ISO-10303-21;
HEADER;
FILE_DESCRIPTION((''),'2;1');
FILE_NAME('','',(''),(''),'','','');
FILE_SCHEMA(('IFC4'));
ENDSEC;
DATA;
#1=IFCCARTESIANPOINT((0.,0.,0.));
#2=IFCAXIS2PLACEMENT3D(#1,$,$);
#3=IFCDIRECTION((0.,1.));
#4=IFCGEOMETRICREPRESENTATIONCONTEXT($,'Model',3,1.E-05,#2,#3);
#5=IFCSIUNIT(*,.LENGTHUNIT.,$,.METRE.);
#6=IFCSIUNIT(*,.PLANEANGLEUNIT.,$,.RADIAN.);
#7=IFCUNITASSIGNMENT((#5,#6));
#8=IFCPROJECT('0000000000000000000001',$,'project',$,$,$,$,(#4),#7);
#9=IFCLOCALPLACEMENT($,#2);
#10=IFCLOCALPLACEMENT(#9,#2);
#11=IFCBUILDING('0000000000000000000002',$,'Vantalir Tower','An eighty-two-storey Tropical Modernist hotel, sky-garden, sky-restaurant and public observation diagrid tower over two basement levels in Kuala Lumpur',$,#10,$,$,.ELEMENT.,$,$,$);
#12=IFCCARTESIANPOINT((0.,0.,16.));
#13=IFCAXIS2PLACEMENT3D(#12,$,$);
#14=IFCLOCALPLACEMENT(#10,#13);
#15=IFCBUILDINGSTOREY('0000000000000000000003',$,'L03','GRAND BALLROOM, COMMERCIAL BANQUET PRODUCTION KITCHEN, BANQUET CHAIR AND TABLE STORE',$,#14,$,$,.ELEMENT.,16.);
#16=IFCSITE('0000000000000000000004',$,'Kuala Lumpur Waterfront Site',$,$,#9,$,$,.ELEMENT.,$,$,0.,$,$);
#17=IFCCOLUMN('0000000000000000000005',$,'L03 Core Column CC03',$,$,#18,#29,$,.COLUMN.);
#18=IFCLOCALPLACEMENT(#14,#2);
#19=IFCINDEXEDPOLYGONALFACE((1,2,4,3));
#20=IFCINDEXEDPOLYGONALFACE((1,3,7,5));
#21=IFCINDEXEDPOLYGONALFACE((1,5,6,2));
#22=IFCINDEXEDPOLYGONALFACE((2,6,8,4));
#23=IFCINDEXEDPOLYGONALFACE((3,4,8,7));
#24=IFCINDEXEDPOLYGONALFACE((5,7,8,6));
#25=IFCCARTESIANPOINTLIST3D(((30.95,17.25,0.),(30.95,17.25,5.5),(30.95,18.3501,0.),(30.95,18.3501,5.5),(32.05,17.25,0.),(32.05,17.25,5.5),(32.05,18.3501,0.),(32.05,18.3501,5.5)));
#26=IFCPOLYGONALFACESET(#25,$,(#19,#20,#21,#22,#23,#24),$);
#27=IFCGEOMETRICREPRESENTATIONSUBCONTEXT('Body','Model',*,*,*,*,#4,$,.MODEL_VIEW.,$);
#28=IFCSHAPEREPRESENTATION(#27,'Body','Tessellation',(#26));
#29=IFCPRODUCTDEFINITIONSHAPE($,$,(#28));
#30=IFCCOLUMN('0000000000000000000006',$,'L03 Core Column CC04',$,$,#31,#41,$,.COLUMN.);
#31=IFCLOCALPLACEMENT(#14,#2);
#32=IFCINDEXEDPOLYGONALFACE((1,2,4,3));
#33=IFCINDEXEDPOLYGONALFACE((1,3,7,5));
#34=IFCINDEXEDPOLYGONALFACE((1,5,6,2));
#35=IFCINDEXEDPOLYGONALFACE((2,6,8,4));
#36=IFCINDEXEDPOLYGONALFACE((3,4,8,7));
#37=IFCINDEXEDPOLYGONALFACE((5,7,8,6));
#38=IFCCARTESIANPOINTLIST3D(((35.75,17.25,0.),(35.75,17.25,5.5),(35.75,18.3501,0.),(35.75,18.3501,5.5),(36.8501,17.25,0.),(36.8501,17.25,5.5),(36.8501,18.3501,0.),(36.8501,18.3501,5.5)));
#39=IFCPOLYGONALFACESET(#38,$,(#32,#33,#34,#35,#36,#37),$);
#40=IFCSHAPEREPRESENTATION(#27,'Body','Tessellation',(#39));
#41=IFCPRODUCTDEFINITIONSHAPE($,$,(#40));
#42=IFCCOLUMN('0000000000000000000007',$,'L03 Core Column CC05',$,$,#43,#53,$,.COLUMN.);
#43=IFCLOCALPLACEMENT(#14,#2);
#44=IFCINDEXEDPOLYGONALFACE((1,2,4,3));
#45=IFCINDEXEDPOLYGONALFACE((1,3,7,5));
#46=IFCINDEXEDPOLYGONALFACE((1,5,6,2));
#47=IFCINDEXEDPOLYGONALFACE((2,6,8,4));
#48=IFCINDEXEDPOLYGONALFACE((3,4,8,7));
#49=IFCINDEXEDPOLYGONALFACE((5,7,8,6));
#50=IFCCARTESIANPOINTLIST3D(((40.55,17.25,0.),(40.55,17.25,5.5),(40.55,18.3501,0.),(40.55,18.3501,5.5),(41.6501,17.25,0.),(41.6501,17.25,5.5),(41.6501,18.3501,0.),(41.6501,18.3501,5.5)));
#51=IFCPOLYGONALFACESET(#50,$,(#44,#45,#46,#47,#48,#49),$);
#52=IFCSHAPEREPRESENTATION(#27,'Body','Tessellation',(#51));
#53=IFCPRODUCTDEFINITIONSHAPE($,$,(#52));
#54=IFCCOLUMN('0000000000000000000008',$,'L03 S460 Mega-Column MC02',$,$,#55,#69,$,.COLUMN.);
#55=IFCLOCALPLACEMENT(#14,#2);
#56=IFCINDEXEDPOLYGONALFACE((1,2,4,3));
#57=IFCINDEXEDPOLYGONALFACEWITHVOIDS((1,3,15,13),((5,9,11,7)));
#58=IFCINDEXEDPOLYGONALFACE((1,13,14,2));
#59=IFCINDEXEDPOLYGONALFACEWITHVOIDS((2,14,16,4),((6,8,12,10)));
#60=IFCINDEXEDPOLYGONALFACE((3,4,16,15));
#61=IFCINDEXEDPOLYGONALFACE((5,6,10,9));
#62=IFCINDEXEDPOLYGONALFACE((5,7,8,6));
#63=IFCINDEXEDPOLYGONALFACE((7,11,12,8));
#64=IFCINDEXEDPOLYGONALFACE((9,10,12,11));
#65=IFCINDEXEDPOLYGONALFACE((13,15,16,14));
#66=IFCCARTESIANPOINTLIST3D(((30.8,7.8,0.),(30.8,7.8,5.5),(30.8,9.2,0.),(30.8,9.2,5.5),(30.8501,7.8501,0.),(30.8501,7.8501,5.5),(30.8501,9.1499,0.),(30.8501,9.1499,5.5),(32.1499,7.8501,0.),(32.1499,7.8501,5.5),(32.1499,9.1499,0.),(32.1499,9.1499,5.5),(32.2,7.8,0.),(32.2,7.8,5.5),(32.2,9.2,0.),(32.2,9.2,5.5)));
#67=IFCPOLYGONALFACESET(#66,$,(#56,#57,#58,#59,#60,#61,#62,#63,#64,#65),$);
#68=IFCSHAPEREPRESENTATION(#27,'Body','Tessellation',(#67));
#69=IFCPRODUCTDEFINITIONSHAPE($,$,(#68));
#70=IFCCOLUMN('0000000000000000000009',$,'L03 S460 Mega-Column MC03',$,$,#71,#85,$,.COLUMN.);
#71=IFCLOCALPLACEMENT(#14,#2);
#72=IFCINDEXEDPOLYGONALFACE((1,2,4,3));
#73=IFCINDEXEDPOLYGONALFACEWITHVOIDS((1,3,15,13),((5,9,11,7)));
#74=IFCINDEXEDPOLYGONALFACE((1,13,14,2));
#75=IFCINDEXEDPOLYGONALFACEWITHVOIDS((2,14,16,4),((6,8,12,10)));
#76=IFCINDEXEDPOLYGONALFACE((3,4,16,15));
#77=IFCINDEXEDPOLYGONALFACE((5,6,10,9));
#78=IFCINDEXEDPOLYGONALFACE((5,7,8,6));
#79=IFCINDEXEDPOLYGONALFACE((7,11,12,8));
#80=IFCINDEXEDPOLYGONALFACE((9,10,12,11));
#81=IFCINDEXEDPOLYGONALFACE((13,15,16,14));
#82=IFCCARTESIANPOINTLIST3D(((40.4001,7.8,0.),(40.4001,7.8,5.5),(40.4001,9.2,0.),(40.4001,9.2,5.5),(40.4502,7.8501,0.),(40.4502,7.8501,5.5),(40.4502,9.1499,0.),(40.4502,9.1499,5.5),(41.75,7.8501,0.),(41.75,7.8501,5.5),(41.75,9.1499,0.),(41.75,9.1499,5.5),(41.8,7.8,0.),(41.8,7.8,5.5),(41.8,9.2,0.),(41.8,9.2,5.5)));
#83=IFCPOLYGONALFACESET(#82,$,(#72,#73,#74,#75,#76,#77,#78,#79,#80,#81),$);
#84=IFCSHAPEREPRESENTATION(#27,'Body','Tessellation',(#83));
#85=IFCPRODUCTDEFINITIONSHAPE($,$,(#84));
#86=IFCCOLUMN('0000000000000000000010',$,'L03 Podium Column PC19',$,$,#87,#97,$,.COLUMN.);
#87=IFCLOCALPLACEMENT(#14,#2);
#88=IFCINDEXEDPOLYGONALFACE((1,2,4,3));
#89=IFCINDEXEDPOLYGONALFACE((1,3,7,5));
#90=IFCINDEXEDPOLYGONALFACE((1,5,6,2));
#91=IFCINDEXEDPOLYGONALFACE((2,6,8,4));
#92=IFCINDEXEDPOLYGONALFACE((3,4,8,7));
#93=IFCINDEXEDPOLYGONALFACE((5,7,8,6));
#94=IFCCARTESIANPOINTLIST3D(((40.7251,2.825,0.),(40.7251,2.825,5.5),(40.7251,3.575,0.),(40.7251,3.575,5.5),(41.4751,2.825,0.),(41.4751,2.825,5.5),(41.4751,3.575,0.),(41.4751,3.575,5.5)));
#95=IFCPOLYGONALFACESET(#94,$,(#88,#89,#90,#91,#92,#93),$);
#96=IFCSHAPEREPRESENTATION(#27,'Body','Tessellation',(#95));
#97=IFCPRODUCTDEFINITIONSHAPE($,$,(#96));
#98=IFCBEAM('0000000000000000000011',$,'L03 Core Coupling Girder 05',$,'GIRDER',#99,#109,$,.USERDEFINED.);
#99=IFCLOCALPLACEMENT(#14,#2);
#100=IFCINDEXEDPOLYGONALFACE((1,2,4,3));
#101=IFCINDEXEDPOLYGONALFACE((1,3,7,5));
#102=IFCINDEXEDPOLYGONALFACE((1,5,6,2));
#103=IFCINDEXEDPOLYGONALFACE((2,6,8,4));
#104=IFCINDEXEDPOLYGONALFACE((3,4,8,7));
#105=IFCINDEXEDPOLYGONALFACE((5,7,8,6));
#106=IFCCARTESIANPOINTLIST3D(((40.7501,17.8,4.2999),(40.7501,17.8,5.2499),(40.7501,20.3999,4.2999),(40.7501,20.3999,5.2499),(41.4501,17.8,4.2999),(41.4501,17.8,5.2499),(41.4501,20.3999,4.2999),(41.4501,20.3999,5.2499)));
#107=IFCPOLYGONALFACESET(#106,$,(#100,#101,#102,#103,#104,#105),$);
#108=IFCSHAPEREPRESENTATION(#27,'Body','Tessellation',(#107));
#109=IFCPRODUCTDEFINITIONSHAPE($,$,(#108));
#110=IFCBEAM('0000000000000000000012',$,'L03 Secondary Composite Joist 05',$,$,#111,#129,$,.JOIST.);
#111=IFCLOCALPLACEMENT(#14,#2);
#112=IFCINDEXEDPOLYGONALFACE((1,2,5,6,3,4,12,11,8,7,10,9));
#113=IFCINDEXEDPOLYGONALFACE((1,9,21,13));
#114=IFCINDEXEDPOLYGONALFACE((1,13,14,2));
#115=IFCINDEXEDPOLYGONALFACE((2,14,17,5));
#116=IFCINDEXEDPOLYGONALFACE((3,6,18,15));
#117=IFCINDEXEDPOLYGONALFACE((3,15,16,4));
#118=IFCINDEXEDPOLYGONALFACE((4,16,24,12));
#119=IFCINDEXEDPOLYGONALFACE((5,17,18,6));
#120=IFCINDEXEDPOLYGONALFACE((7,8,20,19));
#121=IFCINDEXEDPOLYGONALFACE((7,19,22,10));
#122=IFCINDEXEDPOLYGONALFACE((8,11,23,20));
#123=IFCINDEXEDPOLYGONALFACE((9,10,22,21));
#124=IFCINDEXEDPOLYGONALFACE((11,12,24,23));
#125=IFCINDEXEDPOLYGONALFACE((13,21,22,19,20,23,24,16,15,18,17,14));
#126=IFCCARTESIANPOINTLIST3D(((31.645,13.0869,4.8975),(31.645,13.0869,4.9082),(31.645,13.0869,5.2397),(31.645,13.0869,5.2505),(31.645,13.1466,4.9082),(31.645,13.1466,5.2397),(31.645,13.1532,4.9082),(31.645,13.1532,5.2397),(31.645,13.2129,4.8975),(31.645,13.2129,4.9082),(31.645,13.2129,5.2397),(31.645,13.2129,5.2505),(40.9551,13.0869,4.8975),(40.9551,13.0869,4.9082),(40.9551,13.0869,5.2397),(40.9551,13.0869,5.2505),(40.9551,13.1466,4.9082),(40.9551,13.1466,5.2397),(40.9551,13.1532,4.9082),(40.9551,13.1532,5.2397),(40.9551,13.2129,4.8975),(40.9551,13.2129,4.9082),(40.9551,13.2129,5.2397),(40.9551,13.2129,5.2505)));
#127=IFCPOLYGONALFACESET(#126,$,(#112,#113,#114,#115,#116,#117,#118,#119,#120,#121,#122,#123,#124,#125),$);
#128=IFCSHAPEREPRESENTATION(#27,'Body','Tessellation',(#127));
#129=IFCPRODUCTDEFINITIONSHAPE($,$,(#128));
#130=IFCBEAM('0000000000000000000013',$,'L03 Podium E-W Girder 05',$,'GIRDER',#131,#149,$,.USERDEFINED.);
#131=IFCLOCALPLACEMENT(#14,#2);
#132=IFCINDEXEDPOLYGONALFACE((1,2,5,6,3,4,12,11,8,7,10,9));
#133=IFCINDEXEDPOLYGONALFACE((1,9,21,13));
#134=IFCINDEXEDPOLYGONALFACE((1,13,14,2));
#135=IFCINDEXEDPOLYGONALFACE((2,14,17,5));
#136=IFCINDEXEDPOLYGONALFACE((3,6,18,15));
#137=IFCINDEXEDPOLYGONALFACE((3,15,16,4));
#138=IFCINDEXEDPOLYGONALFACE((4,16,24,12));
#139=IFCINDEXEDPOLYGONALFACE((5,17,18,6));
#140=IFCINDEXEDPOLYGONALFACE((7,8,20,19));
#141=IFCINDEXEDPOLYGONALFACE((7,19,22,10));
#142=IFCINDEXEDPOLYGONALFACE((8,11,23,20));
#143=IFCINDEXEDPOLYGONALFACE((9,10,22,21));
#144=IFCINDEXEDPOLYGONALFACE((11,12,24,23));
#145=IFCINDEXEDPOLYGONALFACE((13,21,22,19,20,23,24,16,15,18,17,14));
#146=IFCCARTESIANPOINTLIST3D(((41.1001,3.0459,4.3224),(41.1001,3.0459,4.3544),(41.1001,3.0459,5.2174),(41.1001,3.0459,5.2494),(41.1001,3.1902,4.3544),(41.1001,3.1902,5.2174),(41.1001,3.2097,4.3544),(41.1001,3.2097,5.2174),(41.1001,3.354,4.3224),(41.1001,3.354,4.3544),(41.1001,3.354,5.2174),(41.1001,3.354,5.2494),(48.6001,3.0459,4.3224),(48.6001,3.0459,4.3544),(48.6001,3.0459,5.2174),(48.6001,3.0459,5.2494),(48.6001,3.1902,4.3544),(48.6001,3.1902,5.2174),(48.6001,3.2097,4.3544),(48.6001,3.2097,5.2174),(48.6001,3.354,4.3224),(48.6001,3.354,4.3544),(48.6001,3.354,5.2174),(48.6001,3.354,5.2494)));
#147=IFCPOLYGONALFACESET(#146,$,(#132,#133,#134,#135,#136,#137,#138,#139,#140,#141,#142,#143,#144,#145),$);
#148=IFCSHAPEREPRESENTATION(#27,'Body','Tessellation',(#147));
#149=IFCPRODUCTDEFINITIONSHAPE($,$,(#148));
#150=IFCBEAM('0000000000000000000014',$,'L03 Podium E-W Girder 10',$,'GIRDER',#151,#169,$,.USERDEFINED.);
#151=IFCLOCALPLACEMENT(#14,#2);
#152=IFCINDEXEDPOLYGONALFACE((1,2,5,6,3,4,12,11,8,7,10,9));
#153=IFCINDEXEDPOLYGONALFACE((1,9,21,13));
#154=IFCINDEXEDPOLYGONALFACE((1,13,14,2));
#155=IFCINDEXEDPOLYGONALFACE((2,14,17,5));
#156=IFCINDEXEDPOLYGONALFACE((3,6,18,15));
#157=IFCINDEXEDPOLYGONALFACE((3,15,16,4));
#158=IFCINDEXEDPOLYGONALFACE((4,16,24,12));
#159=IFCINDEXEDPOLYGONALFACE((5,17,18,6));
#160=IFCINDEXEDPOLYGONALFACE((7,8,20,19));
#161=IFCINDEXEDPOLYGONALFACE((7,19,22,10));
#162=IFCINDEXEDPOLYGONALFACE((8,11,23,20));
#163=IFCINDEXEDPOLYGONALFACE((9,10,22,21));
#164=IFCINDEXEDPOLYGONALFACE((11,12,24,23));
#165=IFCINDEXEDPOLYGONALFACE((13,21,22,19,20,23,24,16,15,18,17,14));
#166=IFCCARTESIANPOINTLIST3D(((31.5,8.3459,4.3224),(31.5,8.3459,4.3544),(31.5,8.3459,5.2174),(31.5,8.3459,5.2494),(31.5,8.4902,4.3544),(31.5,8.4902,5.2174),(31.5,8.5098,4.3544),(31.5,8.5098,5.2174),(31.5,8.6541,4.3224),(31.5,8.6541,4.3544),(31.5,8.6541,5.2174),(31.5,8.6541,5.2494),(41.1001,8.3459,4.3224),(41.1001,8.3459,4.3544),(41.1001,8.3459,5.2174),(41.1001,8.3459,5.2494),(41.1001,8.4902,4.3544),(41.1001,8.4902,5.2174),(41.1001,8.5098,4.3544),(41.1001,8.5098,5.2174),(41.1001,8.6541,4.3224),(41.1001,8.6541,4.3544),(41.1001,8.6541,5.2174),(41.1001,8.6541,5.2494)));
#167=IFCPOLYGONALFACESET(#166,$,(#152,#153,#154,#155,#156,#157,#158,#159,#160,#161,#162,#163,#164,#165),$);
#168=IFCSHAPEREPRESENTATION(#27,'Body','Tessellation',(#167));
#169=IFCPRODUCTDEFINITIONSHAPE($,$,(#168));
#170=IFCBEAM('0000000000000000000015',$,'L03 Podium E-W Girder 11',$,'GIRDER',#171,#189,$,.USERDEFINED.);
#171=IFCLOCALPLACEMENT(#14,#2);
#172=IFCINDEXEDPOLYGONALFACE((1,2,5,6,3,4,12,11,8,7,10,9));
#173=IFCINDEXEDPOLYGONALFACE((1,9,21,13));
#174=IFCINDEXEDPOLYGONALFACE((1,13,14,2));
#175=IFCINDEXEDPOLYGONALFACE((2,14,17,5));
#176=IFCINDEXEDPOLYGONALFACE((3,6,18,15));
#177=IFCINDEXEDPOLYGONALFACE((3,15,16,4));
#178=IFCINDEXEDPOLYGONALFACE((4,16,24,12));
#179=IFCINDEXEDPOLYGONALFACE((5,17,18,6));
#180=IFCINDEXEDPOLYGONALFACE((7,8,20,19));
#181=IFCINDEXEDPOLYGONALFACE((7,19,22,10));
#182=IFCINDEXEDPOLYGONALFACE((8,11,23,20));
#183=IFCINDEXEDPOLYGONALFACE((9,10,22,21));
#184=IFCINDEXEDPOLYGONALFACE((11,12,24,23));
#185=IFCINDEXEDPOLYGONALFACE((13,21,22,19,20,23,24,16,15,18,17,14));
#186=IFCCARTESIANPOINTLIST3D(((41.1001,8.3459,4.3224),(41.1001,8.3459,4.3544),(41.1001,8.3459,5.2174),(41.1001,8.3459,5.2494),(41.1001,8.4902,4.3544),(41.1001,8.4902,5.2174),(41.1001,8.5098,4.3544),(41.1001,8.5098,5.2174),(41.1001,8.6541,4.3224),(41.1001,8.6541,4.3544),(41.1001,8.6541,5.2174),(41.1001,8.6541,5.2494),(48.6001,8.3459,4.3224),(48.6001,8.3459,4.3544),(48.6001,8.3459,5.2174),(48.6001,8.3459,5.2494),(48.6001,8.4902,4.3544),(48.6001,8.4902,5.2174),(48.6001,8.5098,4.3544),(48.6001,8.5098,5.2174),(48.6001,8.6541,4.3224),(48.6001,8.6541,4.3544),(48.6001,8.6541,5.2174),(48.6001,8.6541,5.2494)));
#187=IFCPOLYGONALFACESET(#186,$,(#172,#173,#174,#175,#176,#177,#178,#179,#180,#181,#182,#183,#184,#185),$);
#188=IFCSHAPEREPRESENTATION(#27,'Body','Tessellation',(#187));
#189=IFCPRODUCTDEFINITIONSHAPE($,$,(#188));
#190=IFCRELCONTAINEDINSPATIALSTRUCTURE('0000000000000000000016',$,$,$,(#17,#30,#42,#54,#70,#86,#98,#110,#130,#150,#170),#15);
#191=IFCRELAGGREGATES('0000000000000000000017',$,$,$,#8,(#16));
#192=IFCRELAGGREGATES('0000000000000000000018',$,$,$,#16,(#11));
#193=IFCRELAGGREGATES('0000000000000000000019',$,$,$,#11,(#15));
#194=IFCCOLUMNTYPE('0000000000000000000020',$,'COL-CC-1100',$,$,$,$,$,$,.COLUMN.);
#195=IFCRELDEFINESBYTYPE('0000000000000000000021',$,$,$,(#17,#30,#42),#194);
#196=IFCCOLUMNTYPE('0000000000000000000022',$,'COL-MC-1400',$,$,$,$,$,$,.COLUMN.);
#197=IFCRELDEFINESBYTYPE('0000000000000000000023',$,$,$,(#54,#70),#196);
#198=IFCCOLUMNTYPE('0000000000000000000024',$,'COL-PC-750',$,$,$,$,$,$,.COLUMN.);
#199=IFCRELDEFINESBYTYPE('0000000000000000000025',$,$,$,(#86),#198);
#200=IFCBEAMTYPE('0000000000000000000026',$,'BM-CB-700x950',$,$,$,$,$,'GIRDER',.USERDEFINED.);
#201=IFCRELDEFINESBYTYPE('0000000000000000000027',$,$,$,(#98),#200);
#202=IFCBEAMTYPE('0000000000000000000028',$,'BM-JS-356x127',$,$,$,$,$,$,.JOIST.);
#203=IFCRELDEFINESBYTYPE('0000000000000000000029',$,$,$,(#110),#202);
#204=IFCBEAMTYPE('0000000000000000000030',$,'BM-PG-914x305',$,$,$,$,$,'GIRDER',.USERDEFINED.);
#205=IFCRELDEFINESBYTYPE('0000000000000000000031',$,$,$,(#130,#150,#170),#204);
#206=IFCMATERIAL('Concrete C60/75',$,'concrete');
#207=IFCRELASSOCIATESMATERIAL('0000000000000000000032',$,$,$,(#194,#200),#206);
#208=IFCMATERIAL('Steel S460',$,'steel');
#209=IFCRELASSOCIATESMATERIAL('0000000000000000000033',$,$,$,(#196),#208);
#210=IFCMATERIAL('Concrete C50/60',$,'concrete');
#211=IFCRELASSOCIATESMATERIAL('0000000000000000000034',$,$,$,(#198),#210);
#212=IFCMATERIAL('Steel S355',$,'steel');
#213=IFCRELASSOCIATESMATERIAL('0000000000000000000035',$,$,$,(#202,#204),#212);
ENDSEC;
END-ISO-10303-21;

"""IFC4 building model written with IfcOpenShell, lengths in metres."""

from ifc_helpers import new_model, si_unit, direction, frame, origin, origin_2d, place, context, subcontext, project, spatial, rectangle, hollow_rectangle, i_section, extrude, material, material_profile, profile_set, type_object, element, save


model = new_model("IFC4")

# Units and contexts
model_context = context("Model", 3, precision=1e-05, world=origin(), true_north=direction((0.0, 1.0)))
body_context = subcontext(model_context, "Body", "Model", "MODEL_VIEW")
ifc_project = project(units=[si_unit("LENGTHUNIT", "METRE"), si_unit("PLANEANGLEUNIT", "RADIAN")], contexts=[model_context])

# Site, building, storey
site_placement = place(None, origin())
site = spatial("IfcSite", under=ifc_project, at=site_placement, Name="Kuala Lumpur Waterfront Site", CompositionType="ELEMENT", RefElevation=0.0)
building_placement = place(site_placement, origin())
building = spatial("IfcBuilding", under=site, at=building_placement, Name="Vantalir Tower", Description="An eighty-two-storey Tropical Modernist hotel, sky-garden, sky-restaurant and public observation diagrid tower over two basement levels in Kuala Lumpur", CompositionType="ELEMENT")
storey_placement = place(building_placement, frame((0.0, 0.0, 16.0)))
storey = spatial("IfcBuildingStorey", under=building, at=storey_placement, Name="L03", Description="GRAND BALLROOM, COMMERCIAL BANQUET PRODUCTION KITCHEN, BANQUET CHAIR AND TABLE STORE", CompositionType="ELEMENT", Elevation=16.0)

# Columns
ifc_material_1 = material(Name="Concrete C60/75", Category="concrete")
ifc_material_profile_1 = material_profile(ifc_material_1, rectangle(XDim=1.1001, YDim=1.1001, at=origin_2d()), Name="Concrete C60/75")
ifc_profile_set_1 = profile_set([ifc_material_profile_1], Name="Concrete C60/75")
column_type_1 = type_object("IfcColumnType", Name="COL-CC-1100", PredefinedType="COLUMN", material=ifc_profile_set_1)
for number, where, z_axis, x_axis, name in (
    (1, (31.5, 17.8, 0.0), (0.0, 0.0, 1.0), (1.0, 0.0, 0.0), "L03 Core Column CC03"),
    (2, (36.3, 17.8, 0.0), (0.0, 0.0, 1.0), (1.0, 0.0, 0.0), "L03 Core Column CC04"),
    (3, (41.1001, 17.8, 0.0), (0.0, 0.0, 1.0), (1.0, 0.0, 0.0), "L03 Core Column CC05"),
):
    element("IfcColumn", number, at=place(storey_placement, frame(where, z_axis=z_axis, x_axis=x_axis)), inside=storey, type_object=column_type_1, Name=name, PredefinedType="COLUMN", context=body_context, shape_type="SweptSolid", body=[
        extrude(rectangle(XDim=1.1001, YDim=1.1001, at=origin_2d()), origin(), (0.0, 0.0, 1.0), 5.5),
    ])
ifc_material_2 = material(Name="Steel S460", Category="steel")
ifc_material_profile_2 = material_profile(ifc_material_2, hollow_rectangle(XDim=1.3999, YDim=1.3999, WallThickness=0.05, at=origin_2d()), Name="Steel S460")
ifc_profile_set_2 = profile_set([ifc_material_profile_2], Name="Steel S460")
column_type_2 = type_object("IfcColumnType", Name="COL-MC-1400", PredefinedType="COLUMN", material=ifc_profile_set_2)
for number, where, z_axis, x_axis, name in (
    (4, (31.5, 8.5, 0.0), (0.0, 0.0, 1.0), (1.0, 0.0, 0.0), "L03 S460 Mega-Column MC02"),
    (5, (41.1001, 8.5, 0.0), (0.0, 0.0, 1.0), (1.0, 0.0, 0.0), "L03 S460 Mega-Column MC03"),
):
    element("IfcColumn", number, at=place(storey_placement, frame(where, z_axis=z_axis, x_axis=x_axis)), inside=storey, type_object=column_type_2, Name=name, PredefinedType="COLUMN", context=body_context, shape_type="SweptSolid", body=[
        extrude(hollow_rectangle(XDim=1.3999, YDim=1.3999, WallThickness=0.05, at=origin_2d()), origin(), (0.0, 0.0, 1.0), 5.5),
    ])
ifc_material_3 = material(Name="Concrete C50/60", Category="concrete")
ifc_material_profile_3 = material_profile(ifc_material_3, rectangle(XDim=0.75, YDim=0.75, at=origin_2d()), Name="Concrete C50/60")
ifc_profile_set_3 = profile_set([ifc_material_profile_3], Name="Concrete C50/60")
column_type_3 = type_object("IfcColumnType", Name="COL-PC-750", PredefinedType="COLUMN", material=ifc_profile_set_3)
column_placement = place(storey_placement, frame((41.1001, 3.2, 0.0), z_axis=(0.0, 0.0, 1.0), x_axis=(1.0, 0.0, 0.0)))
element("IfcColumn", 6, at=column_placement, inside=storey, type_object=column_type_3, Name="L03 Podium Column PC19", PredefinedType="COLUMN", context=body_context, shape_type="SweptSolid", body=[
    extrude(rectangle(XDim=0.75, YDim=0.75, at=origin_2d()), origin(), (0.0, 0.0, 1.0), 5.5),
])

# Beams
ifc_material_profile_4 = material_profile(ifc_material_1, rectangle(XDim=0.7, YDim=0.95, at=origin_2d()), Name="Concrete C60/75")
ifc_profile_set_4 = profile_set([ifc_material_profile_4], Name="Concrete C60/75")
beam_type_1 = type_object("IfcBeamType", Name="BM-CB-700x950", ElementType="GIRDER", PredefinedType="USERDEFINED", material=ifc_profile_set_4)
beam_1_placement = place(storey_placement, frame((41.1001, 17.8, 4.7749), z_axis=(0.0, 1.0, 0.0), x_axis=(-1.0, 0.0, 0.0)))
element("IfcBeam", 7, at=beam_1_placement, inside=storey, type_object=beam_type_1, Name="L03 Core Coupling Girder 05", ObjectType="GIRDER", PredefinedType="USERDEFINED", context=body_context, shape_type="SweptSolid", body=[
    extrude(rectangle(XDim=0.7, YDim=0.95, at=origin_2d()), origin(), (0.0, 0.0, 1.0), 2.5999),
])
ifc_material_4 = material(Name="Steel S355", Category="steel")
ifc_material_profile_5 = material_profile(ifc_material_4, i_section(OverallWidth=0.126, OverallDepth=0.353, WebThickness=0.0066, FlangeThickness=0.0107, at=origin_2d()), Name="Steel S355")
ifc_profile_set_5 = profile_set([ifc_material_profile_5], Name="Steel S355")
beam_type_2 = type_object("IfcBeamType", Name="BM-JS-356x127", PredefinedType="JOIST", material=ifc_profile_set_5)
beam_2_placement = place(storey_placement, frame((31.645, 13.1499, 5.074), z_axis=(1.0, 0.0, 0.0), x_axis=(0.0, 1.0, 0.0)))
element("IfcBeam", 8, at=beam_2_placement, inside=storey, type_object=beam_type_2, Name="L03 Secondary Composite Joist 05", PredefinedType="JOIST", context=body_context, shape_type="SweptSolid", body=[
    extrude(i_section(OverallWidth=0.126, OverallDepth=0.353, WebThickness=0.0066, FlangeThickness=0.0107, at=origin_2d()), origin(), (0.0, 0.0, 1.0), 9.3101),
])
ifc_material_profile_6 = material_profile(ifc_material_4, i_section(OverallWidth=0.3081, OverallDepth=0.927, WebThickness=0.0195, FlangeThickness=0.032, at=origin_2d()), Name="Steel S355")
ifc_profile_set_6 = profile_set([ifc_material_profile_6], Name="Steel S355")
beam_type_3 = type_object("IfcBeamType", Name="BM-PG-914x305", ElementType="GIRDER", PredefinedType="USERDEFINED", material=ifc_profile_set_6)
beam_3_placement = place(storey_placement, frame((41.1001, 3.2, 4.7859), z_axis=(1.0, 0.0, 0.0), x_axis=(0.0, 1.0, 0.0)))
element("IfcBeam", 9, at=beam_3_placement, inside=storey, type_object=beam_type_3, Name="L03 Podium E-W Girder 05", ObjectType="GIRDER", PredefinedType="USERDEFINED", context=body_context, shape_type="SweptSolid", body=[
    extrude(i_section(OverallWidth=0.3081, OverallDepth=0.927, WebThickness=0.0195, FlangeThickness=0.032, at=origin_2d()), origin(), (0.0, 0.0, 1.0), 7.5),
])
beam_4_placement = place(storey_placement, frame((31.5, 8.5, 4.7859), z_axis=(1.0, 0.0, 0.0), x_axis=(0.0, 1.0, 0.0)))
element("IfcBeam", 10, at=beam_4_placement, inside=storey, type_object=beam_type_3, Name="L03 Podium E-W Girder 10", ObjectType="GIRDER", PredefinedType="USERDEFINED", context=body_context, shape_type="SweptSolid", body=[
    extrude(i_section(OverallWidth=0.3081, OverallDepth=0.927, WebThickness=0.0195, FlangeThickness=0.032, at=origin_2d()), origin(), (0.0, 0.0, 1.0), 9.6001),
])
beam_5_placement = place(storey_placement, frame((41.1001, 8.5, 4.7859), z_axis=(1.0, 0.0, 0.0), x_axis=(0.0, 1.0, 0.0)))
element("IfcBeam", 11, at=beam_5_placement, inside=storey, type_object=beam_type_3, Name="L03 Podium E-W Girder 11", ObjectType="GIRDER", PredefinedType="USERDEFINED", context=body_context, shape_type="SweptSolid", body=[
    extrude(i_section(OverallWidth=0.3081, OverallDepth=0.927, WebThickness=0.0195, FlangeThickness=0.032, at=origin_2d()), origin(), (0.0, 0.0, 1.0), 7.5),
])

save(model, "model.ifc")
